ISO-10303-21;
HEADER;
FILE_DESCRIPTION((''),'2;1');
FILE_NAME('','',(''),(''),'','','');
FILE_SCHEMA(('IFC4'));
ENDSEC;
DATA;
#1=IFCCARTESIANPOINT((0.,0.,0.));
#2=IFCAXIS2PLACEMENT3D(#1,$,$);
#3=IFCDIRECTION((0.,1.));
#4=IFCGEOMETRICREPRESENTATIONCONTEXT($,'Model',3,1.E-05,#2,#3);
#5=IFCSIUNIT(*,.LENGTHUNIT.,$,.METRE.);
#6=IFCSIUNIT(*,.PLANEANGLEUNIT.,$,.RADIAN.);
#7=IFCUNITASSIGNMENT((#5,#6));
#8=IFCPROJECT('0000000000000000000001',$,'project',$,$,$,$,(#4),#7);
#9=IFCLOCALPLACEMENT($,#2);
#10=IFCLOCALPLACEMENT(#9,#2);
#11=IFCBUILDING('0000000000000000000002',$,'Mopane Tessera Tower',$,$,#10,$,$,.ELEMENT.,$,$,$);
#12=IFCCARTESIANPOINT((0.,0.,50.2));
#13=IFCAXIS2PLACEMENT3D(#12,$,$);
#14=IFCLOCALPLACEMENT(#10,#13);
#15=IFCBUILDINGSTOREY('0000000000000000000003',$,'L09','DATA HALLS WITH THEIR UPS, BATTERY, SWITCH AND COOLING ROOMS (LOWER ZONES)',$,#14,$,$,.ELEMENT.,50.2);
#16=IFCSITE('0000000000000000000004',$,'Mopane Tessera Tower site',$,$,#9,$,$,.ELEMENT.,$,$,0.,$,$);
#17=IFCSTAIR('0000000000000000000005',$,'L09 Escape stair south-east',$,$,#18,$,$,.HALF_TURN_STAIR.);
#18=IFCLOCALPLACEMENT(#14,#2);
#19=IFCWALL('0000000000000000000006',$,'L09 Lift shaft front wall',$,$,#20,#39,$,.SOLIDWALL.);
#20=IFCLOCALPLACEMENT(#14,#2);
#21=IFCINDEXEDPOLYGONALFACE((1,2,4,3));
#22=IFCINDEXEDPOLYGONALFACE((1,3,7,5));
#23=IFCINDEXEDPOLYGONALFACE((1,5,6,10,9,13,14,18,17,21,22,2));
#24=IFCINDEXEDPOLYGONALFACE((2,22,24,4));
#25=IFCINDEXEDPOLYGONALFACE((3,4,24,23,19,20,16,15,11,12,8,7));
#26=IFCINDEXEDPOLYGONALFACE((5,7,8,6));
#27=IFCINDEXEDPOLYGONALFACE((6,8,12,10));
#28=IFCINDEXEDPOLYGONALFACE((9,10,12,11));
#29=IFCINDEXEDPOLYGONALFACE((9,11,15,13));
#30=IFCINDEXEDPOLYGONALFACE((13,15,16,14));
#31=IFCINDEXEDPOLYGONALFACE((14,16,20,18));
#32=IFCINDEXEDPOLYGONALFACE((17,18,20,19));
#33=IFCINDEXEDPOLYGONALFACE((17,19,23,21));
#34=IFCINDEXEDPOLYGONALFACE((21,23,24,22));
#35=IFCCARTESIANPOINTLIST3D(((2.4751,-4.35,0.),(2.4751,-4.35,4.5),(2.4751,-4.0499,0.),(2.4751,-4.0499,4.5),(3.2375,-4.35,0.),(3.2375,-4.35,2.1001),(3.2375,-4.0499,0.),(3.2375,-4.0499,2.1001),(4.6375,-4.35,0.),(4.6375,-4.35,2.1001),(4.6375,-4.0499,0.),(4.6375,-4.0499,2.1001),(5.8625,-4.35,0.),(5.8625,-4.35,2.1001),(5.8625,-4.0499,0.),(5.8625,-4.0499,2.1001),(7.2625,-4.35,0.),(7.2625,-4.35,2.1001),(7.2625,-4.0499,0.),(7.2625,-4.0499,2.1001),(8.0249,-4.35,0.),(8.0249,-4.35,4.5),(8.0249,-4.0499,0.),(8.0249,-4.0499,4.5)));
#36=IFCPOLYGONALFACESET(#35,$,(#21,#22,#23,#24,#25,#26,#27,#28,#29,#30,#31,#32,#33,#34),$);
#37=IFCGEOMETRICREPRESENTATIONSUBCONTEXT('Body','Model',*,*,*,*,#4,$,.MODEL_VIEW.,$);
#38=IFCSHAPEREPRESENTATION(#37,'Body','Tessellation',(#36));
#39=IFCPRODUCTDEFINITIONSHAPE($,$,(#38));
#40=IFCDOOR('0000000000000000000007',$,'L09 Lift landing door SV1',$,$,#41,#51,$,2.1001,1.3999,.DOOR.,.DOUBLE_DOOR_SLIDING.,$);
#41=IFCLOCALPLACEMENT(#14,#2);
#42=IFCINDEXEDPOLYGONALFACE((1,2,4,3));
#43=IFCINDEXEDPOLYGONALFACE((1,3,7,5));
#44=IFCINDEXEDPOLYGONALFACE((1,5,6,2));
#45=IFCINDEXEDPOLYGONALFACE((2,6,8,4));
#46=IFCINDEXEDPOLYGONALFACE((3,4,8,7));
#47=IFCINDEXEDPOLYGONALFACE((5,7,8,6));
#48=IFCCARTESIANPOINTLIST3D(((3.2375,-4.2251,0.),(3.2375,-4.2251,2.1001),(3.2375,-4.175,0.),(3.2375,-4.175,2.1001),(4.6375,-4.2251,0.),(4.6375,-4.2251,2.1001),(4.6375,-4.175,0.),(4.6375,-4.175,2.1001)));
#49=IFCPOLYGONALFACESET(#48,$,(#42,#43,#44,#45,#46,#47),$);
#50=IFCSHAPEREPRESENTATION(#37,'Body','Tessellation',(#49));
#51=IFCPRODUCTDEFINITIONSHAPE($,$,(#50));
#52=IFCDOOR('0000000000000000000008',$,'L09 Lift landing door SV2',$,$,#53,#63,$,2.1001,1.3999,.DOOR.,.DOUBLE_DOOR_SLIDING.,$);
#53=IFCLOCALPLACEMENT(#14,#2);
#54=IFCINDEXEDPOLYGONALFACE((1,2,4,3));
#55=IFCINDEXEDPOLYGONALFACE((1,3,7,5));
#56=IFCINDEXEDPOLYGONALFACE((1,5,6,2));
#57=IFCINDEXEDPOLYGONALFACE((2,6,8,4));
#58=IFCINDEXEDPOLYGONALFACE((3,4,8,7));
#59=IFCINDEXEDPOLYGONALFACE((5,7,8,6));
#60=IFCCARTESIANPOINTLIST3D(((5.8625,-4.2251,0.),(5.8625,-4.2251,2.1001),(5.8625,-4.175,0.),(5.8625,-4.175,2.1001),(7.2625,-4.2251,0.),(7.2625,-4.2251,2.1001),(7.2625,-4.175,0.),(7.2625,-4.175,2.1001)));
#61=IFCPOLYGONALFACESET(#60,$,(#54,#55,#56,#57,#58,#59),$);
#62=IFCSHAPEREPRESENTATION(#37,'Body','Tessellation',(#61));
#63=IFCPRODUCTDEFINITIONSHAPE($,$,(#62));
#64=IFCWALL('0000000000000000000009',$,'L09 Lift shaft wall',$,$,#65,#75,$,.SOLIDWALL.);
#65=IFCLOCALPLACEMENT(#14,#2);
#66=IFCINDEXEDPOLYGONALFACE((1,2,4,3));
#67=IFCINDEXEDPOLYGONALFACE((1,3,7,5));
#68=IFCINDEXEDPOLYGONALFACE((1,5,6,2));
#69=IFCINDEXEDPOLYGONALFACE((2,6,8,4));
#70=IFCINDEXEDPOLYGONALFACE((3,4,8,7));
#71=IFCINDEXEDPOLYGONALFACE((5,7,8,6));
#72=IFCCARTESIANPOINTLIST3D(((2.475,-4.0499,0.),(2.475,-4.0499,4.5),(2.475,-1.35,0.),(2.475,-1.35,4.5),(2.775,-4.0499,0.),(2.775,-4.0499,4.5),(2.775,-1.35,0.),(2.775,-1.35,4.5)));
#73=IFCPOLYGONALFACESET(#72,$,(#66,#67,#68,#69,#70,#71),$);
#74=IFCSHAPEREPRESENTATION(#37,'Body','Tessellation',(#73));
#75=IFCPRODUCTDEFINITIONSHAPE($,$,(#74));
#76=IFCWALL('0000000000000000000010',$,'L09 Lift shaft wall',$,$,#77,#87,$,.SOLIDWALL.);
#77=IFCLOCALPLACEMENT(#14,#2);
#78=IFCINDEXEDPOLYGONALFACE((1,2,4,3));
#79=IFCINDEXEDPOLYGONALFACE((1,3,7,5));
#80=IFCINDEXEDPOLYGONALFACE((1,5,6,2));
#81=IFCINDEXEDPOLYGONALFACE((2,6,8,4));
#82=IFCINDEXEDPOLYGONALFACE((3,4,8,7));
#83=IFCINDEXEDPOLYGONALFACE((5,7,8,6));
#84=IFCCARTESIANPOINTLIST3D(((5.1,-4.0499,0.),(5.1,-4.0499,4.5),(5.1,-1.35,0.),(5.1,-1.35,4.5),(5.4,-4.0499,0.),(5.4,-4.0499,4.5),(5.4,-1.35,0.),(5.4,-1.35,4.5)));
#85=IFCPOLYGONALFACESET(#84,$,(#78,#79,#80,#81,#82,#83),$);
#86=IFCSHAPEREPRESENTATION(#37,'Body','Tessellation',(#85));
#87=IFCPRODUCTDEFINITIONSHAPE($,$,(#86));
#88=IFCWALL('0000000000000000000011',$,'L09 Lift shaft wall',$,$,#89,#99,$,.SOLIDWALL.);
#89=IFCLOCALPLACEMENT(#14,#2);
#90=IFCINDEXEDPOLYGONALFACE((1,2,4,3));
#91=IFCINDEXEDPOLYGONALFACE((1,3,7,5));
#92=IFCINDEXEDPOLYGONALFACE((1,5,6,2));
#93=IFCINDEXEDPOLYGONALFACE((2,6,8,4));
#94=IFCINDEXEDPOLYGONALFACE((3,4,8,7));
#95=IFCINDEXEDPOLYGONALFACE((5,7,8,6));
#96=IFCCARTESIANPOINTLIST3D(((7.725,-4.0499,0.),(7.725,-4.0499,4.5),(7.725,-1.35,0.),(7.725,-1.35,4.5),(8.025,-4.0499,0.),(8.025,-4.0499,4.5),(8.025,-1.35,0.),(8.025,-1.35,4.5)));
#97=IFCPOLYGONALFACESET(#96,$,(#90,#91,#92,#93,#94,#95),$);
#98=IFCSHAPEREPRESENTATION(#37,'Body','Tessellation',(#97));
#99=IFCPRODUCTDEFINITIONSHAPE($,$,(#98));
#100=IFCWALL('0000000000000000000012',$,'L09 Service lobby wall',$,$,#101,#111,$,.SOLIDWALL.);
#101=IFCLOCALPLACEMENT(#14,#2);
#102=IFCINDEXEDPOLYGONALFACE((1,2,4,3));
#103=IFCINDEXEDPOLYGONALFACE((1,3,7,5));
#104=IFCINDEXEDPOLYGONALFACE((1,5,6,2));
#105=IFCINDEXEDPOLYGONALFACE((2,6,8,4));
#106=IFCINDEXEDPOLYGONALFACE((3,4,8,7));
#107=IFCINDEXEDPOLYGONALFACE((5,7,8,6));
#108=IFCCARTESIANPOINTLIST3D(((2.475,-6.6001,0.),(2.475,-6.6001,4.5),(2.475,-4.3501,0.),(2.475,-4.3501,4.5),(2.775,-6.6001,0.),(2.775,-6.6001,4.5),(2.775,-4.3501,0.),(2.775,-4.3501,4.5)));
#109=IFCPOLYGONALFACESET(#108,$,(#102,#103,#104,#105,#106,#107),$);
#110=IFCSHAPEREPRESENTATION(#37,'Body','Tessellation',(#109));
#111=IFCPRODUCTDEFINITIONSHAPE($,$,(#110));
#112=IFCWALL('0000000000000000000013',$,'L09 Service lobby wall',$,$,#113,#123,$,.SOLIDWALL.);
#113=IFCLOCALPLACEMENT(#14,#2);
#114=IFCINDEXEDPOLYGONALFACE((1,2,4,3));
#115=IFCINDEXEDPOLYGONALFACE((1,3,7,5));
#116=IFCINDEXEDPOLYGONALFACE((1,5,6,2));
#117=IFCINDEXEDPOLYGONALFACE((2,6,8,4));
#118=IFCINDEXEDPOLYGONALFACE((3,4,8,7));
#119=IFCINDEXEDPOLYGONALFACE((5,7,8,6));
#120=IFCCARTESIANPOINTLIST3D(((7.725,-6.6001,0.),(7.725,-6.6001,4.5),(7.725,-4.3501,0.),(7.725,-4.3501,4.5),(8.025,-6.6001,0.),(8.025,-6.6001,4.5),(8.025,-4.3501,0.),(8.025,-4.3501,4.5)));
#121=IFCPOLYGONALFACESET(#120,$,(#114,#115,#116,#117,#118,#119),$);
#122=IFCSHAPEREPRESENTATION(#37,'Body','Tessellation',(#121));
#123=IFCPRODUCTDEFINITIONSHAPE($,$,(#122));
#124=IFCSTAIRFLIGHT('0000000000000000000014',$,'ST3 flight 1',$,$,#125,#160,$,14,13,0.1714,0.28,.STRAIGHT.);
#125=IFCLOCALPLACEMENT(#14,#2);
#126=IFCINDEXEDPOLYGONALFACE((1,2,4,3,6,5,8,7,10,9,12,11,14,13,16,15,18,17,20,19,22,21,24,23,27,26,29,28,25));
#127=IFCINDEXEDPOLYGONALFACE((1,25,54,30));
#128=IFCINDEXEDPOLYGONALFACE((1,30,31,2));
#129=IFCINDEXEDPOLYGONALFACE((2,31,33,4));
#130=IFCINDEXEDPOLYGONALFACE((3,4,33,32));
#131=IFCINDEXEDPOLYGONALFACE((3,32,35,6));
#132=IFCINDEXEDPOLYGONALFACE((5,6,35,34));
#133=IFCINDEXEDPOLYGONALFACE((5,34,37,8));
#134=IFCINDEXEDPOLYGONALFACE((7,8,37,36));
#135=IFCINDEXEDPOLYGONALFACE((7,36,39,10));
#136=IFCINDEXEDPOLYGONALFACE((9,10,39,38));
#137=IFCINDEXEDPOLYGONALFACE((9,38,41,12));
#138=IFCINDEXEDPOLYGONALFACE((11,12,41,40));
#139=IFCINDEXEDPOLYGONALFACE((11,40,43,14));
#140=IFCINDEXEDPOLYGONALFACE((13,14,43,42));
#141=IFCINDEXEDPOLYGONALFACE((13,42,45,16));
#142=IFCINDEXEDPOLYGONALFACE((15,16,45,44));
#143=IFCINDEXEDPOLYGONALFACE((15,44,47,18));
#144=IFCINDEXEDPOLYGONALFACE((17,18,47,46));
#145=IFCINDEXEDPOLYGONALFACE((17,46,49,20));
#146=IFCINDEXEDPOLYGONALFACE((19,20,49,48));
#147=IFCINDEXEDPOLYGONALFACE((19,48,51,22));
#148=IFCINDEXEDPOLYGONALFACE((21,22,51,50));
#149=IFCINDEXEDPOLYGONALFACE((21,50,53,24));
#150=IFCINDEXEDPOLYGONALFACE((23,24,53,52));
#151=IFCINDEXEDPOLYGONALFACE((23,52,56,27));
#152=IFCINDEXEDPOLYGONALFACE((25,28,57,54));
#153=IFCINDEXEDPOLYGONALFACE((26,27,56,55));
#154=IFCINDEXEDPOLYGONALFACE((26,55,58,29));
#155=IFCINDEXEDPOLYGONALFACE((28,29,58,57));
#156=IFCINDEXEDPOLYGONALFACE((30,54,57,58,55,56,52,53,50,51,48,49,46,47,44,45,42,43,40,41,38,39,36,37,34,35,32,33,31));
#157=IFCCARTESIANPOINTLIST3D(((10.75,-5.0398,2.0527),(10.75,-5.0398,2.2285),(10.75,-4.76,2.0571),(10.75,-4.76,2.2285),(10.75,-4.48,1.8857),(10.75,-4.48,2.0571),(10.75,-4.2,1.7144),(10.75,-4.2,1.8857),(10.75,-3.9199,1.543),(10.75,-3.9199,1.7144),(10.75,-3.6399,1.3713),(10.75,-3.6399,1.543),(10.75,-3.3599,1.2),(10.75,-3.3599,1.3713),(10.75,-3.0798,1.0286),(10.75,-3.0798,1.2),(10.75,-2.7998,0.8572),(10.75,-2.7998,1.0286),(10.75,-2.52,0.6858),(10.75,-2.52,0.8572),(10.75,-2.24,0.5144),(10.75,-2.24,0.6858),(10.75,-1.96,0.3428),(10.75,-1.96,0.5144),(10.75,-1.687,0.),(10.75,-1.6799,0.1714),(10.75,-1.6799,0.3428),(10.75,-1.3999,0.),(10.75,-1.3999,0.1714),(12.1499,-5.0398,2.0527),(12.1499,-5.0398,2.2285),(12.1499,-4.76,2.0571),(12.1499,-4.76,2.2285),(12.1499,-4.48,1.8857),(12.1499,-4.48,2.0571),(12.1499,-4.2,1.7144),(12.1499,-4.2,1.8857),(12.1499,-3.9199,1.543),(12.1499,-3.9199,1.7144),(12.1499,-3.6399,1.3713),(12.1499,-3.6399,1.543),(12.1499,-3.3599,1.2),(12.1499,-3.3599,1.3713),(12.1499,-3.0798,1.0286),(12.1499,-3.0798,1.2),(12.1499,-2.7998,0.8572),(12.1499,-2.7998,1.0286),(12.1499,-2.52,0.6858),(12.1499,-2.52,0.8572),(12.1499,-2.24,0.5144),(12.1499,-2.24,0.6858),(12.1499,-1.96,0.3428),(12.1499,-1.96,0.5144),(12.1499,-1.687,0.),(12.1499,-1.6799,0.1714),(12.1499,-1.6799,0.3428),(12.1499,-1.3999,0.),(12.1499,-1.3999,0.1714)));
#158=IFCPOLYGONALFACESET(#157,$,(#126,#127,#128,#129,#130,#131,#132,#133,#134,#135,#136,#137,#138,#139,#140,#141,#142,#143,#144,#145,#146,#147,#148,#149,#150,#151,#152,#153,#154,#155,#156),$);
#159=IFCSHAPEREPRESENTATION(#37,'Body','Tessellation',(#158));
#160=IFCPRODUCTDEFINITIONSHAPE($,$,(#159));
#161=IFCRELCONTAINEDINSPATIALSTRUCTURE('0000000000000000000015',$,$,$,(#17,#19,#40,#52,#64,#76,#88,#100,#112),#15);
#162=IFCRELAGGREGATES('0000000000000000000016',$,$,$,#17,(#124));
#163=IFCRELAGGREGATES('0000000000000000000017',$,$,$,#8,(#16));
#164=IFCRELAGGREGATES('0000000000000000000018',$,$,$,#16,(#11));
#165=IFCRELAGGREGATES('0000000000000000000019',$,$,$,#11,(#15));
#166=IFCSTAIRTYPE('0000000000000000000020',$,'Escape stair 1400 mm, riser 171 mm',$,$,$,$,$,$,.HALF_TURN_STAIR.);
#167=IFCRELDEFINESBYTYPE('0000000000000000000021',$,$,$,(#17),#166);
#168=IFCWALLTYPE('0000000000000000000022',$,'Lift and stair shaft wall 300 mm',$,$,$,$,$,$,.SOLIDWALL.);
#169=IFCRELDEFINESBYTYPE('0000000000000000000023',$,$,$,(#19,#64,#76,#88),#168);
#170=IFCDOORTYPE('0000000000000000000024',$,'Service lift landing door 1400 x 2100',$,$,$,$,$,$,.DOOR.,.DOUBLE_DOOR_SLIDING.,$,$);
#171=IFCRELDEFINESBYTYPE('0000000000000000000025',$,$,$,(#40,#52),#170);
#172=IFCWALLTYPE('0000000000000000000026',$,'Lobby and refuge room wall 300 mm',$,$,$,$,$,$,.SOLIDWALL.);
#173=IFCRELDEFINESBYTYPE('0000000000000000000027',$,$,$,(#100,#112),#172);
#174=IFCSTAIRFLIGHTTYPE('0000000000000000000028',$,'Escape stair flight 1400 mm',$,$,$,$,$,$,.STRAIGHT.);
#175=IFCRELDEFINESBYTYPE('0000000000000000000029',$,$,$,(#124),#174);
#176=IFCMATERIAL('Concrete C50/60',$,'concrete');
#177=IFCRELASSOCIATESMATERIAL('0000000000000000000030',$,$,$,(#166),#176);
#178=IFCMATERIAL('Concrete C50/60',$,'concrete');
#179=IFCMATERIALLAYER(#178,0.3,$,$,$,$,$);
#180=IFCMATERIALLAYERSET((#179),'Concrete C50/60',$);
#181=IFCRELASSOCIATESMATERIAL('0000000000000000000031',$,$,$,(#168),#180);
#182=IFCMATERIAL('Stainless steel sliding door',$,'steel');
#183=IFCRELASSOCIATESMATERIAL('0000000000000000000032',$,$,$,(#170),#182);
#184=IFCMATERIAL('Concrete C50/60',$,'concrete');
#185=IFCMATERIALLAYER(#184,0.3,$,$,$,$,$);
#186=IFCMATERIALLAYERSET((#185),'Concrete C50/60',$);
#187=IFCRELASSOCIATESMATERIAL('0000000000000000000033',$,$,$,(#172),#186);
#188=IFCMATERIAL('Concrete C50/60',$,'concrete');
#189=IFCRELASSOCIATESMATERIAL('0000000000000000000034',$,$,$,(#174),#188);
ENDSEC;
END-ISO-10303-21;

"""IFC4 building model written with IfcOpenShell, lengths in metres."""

from ifc_helpers import new_model, si_unit, direction, frame, frame_2d, origin, place, context, subcontext, project, spatial, polyline, rectangle, outline, extrude, material, layer, layer_set, type_object, element, fill, aggregate, save


model = new_model("IFC4")

# Units and contexts
model_context = context("Model", 3, precision=1e-05, world=origin(), true_north=direction((0.0, 1.0)))
body_context = subcontext(model_context, "Body", "Model", "MODEL_VIEW")
ifc_project = project(units=[si_unit("LENGTHUNIT", "METRE"), si_unit("PLANEANGLEUNIT", "RADIAN")], contexts=[model_context])

# Site, building, storey
site_placement = place(None, origin())
site = spatial("IfcSite", under=ifc_project, at=site_placement, Name="Mopane Tessera Tower site", CompositionType="ELEMENT", RefElevation=0.0)
building_placement = place(site_placement, origin())
building = spatial("IfcBuilding", under=site, at=building_placement, Name="Mopane Tessera Tower", CompositionType="ELEMENT")
storey_placement = place(building_placement, frame((0.0, 0.0, 50.2)))
storey = spatial("IfcBuildingStorey", under=building, at=storey_placement, Name="L09", Description="DATA HALLS WITH THEIR UPS, BATTERY, SWITCH AND COOLING ROOMS (LOWER ZONES)", CompositionType="ELEMENT", Elevation=50.2)

# Stair
ifc_material_1 = material(Name="Concrete C50/60", Category="concrete")
stair_type = type_object("IfcStairType", Name="Escape stair 1400 mm, riser 171 mm", PredefinedType="HALF_TURN_STAIR", material=ifc_material_1)
stair_1_placement = place(storey_placement, origin())
stair_1 = element("IfcStair", 1, at=stair_1_placement, inside=storey, type_object=stair_type, Name="L09 Escape stair south-east", PredefinedType="HALF_TURN_STAIR")

# Shared definitions
ifc_material_2 = material(Name="Concrete C50/60", Category="concrete")
ifc_layer_1 = layer(ifc_material_2, 0.3)
ifc_layer_set_1 = layer_set([ifc_layer_1], Name="Concrete C50/60")
wall_type_1 = type_object("IfcWallType", Name="Lift and stair shaft wall 300 mm", PredefinedType="SOLIDWALL", material=ifc_layer_set_1)

# Wall, openings, doors
wall_1_placement = place(storey_placement, frame((2.4751, -4.2, 0.0), z_axis=(0.0, 0.0, 1.0), x_axis=(1.0, 0.0, 0.0)))
wall_1 = element("IfcWall", 2, at=wall_1_placement, inside=storey, type_object=wall_type_1, Name="L09 Lift shaft front wall", PredefinedType="SOLIDWALL", context=body_context, shape_type="SweptSolid", body=[
    extrude(rectangle(XDim=5.5498, YDim=0.3, at=frame_2d((2.7749, 0.0))), origin(), (0.0, 0.0, 1.0), 4.5),
])
opening_1_placement = place(wall_1_placement, frame((0.7625, 0.0, 0.0)))
opening_1 = element("IfcOpeningElement", 3, at=opening_1_placement, cuts=wall_1, PredefinedType="OPENING", context=body_context, shape_type="SweptSolid", body=[
    extrude(rectangle(XDim=1.3999, YDim=2.1001, at=frame_2d((0.7, 1.05))), frame((0.0, 0.1621, 0.0), z_axis=(0.0, -1.0, 0.0), x_axis=(1.0, 0.0, 0.0)), (0.0, 0.0, 1.0), 0.324),
])
opening_2_placement = place(wall_1_placement, frame((3.3875, 0.0, 0.0)))
opening_2 = element("IfcOpeningElement", 4, at=opening_2_placement, cuts=wall_1, PredefinedType="OPENING", context=body_context, shape_type="SweptSolid", body=[
    extrude(rectangle(XDim=1.3999, YDim=2.1001, at=frame_2d((0.7, 1.05))), frame((0.0, 0.1621, 0.0), z_axis=(0.0, -1.0, 0.0), x_axis=(1.0, 0.0, 0.0)), (0.0, 0.0, 1.0), 0.324),
])
ifc_material_3 = material(Name="Stainless steel sliding door", Category="steel")
door_type = type_object("IfcDoorType", Name="Service lift landing door 1400 x 2100", OperationType="DOUBLE_DOOR_SLIDING", PredefinedType="DOOR", material=ifc_material_3)
door_1_placement = place(opening_1_placement, origin())
door_1 = element("IfcDoor", 5, at=door_1_placement, inside=storey, type_object=door_type, Name="L09 Lift landing door SV1", OperationType="DOUBLE_DOOR_SLIDING", OverallHeight=2.1001, OverallWidth=1.3999, PredefinedType="DOOR", context=body_context, shape_type="SweptSolid", body=[
    extrude(rectangle(XDim=1.3999, YDim=2.1001, at=frame_2d((0.7, 1.05))), frame((0.0, 0.0249, 0.0), z_axis=(0.0, -1.0, 0.0), x_axis=(1.0, 0.0, 0.0)), (0.0, 0.0, 1.0), 0.05),
])
fill(opening_1, door_1)
door_2_placement = place(opening_2_placement, origin())
door_2 = element("IfcDoor", 6, at=door_2_placement, inside=storey, type_object=door_type, Name="L09 Lift landing door SV2", OperationType="DOUBLE_DOOR_SLIDING", OverallHeight=2.1001, OverallWidth=1.3999, PredefinedType="DOOR", context=body_context, shape_type="SweptSolid", body=[
    extrude(rectangle(XDim=1.3999, YDim=2.1001, at=frame_2d((0.7, 1.05))), frame((0.0, 0.0249, 0.0), z_axis=(0.0, -1.0, 0.0), x_axis=(1.0, 0.0, 0.0)), (0.0, 0.0, 1.0), 0.05),
])
fill(opening_2, door_2)

# Walls
for number, where, z_axis, x_axis, name in (
    (7, (2.625, -4.05, 0.0), (0.0, 0.0, 1.0), (0.0, 1.0, 0.0), "L09 Lift shaft wall"),
    (8, (5.25, -4.05, 0.0), (0.0, 0.0, 1.0), (0.0, 1.0, 0.0), "L09 Lift shaft wall"),
    (9, (7.875, -4.05, 0.0), (0.0, 0.0, 1.0), (0.0, 1.0, 0.0), "L09 Lift shaft wall"),
):
    element("IfcWall", number, at=place(storey_placement, frame(where, z_axis=z_axis, x_axis=x_axis)), inside=storey, type_object=wall_type_1, Name=name, PredefinedType="SOLIDWALL", context=body_context, shape_type="SweptSolid", body=[
        extrude(rectangle(XDim=2.7, YDim=0.3, at=frame_2d((1.3501, 0.0))), origin(), (0.0, 0.0, 1.0), 4.5),
    ])
ifc_material_4 = material(Name="Concrete C50/60", Category="concrete")
ifc_layer_2 = layer(ifc_material_4, 0.3)
ifc_layer_set_2 = layer_set([ifc_layer_2], Name="Concrete C50/60")
wall_type_2 = type_object("IfcWallType", Name="Lobby and refuge room wall 300 mm", PredefinedType="SOLIDWALL", material=ifc_layer_set_2)
for number, where, z_axis, x_axis, name in (
    (10, (2.625, -6.6001, 0.0), (0.0, 0.0, 1.0), (0.0, 1.0, 0.0), "L09 Service lobby wall"),
    (11, (7.875, -6.6001, 0.0), (0.0, 0.0, 1.0), (0.0, 1.0, 0.0), "L09 Service lobby wall"),
):
    element("IfcWall", number, at=place(storey_placement, frame(where, z_axis=z_axis, x_axis=x_axis)), inside=storey, type_object=wall_type_2, Name=name, PredefinedType="SOLIDWALL", context=body_context, shape_type="SweptSolid", body=[
        extrude(rectangle(XDim=2.25, YDim=0.3, at=frame_2d((1.125, 0.0))), origin(), (0.0, 0.0, 1.0), 4.5),
    ])

# Stair flight
ifc_material_5 = material(Name="Concrete C50/60", Category="concrete")
stair_flight_type = type_object("IfcStairFlightType", Name="Escape stair flight 1400 mm", PredefinedType="STRAIGHT", material=ifc_material_5)
stair_flight_placement = place(storey_placement, frame((11.45, -1.3999, 0.0), z_axis=(0.0, 0.0, 1.0), x_axis=(0.0, -1.0, 0.0)))
stair_flight = element("IfcStairFlight", 12, at=stair_flight_placement, type_object=stair_flight_type, Name="ST3 flight 1", NumberOfRisers=14, NumberOfTreads=13, PredefinedType="STRAIGHT", RiserHeight=0.1714, TreadLength=0.28, context=body_context, shape_type="SweptSolid", body=[
    extrude(outline(polyline([(0.0, 0.0), (0.0, 0.1714), (0.28, 0.1714), (0.28, 0.3428), (0.5601, 0.3428), (0.5601, 0.5144), (0.8401, 0.5144), (0.8401, 0.6858), (1.1201, 0.6858), (1.1201, 0.8572), (1.3999, 0.8572), (1.3999, 1.0286), (1.6799, 1.0286), (1.6799, 1.2), (1.96, 1.2), (1.96, 1.3713), (2.24, 1.3713), (2.24, 1.543), (2.52, 1.543), (2.52, 1.7144), (2.8, 1.7144), (2.8, 1.8857), (3.0801, 1.8857), (3.0801, 2.0571), (3.3601, 2.0571), (3.3601, 2.2285), (3.6399, 2.2285), (3.6399, 2.3999), (3.6399, 2.0527), (0.2871, 0.0), (0.0, 0.0)])), frame((0.0, 0.7, 0.0), z_axis=(0.0, -1.0, 0.0), x_axis=(1.0, 0.0, 0.0)), (0.0, 0.0, 1.0), 1.3999),
])
aggregate(stair_1, [stair_flight])

save(model, "model.ifc")
